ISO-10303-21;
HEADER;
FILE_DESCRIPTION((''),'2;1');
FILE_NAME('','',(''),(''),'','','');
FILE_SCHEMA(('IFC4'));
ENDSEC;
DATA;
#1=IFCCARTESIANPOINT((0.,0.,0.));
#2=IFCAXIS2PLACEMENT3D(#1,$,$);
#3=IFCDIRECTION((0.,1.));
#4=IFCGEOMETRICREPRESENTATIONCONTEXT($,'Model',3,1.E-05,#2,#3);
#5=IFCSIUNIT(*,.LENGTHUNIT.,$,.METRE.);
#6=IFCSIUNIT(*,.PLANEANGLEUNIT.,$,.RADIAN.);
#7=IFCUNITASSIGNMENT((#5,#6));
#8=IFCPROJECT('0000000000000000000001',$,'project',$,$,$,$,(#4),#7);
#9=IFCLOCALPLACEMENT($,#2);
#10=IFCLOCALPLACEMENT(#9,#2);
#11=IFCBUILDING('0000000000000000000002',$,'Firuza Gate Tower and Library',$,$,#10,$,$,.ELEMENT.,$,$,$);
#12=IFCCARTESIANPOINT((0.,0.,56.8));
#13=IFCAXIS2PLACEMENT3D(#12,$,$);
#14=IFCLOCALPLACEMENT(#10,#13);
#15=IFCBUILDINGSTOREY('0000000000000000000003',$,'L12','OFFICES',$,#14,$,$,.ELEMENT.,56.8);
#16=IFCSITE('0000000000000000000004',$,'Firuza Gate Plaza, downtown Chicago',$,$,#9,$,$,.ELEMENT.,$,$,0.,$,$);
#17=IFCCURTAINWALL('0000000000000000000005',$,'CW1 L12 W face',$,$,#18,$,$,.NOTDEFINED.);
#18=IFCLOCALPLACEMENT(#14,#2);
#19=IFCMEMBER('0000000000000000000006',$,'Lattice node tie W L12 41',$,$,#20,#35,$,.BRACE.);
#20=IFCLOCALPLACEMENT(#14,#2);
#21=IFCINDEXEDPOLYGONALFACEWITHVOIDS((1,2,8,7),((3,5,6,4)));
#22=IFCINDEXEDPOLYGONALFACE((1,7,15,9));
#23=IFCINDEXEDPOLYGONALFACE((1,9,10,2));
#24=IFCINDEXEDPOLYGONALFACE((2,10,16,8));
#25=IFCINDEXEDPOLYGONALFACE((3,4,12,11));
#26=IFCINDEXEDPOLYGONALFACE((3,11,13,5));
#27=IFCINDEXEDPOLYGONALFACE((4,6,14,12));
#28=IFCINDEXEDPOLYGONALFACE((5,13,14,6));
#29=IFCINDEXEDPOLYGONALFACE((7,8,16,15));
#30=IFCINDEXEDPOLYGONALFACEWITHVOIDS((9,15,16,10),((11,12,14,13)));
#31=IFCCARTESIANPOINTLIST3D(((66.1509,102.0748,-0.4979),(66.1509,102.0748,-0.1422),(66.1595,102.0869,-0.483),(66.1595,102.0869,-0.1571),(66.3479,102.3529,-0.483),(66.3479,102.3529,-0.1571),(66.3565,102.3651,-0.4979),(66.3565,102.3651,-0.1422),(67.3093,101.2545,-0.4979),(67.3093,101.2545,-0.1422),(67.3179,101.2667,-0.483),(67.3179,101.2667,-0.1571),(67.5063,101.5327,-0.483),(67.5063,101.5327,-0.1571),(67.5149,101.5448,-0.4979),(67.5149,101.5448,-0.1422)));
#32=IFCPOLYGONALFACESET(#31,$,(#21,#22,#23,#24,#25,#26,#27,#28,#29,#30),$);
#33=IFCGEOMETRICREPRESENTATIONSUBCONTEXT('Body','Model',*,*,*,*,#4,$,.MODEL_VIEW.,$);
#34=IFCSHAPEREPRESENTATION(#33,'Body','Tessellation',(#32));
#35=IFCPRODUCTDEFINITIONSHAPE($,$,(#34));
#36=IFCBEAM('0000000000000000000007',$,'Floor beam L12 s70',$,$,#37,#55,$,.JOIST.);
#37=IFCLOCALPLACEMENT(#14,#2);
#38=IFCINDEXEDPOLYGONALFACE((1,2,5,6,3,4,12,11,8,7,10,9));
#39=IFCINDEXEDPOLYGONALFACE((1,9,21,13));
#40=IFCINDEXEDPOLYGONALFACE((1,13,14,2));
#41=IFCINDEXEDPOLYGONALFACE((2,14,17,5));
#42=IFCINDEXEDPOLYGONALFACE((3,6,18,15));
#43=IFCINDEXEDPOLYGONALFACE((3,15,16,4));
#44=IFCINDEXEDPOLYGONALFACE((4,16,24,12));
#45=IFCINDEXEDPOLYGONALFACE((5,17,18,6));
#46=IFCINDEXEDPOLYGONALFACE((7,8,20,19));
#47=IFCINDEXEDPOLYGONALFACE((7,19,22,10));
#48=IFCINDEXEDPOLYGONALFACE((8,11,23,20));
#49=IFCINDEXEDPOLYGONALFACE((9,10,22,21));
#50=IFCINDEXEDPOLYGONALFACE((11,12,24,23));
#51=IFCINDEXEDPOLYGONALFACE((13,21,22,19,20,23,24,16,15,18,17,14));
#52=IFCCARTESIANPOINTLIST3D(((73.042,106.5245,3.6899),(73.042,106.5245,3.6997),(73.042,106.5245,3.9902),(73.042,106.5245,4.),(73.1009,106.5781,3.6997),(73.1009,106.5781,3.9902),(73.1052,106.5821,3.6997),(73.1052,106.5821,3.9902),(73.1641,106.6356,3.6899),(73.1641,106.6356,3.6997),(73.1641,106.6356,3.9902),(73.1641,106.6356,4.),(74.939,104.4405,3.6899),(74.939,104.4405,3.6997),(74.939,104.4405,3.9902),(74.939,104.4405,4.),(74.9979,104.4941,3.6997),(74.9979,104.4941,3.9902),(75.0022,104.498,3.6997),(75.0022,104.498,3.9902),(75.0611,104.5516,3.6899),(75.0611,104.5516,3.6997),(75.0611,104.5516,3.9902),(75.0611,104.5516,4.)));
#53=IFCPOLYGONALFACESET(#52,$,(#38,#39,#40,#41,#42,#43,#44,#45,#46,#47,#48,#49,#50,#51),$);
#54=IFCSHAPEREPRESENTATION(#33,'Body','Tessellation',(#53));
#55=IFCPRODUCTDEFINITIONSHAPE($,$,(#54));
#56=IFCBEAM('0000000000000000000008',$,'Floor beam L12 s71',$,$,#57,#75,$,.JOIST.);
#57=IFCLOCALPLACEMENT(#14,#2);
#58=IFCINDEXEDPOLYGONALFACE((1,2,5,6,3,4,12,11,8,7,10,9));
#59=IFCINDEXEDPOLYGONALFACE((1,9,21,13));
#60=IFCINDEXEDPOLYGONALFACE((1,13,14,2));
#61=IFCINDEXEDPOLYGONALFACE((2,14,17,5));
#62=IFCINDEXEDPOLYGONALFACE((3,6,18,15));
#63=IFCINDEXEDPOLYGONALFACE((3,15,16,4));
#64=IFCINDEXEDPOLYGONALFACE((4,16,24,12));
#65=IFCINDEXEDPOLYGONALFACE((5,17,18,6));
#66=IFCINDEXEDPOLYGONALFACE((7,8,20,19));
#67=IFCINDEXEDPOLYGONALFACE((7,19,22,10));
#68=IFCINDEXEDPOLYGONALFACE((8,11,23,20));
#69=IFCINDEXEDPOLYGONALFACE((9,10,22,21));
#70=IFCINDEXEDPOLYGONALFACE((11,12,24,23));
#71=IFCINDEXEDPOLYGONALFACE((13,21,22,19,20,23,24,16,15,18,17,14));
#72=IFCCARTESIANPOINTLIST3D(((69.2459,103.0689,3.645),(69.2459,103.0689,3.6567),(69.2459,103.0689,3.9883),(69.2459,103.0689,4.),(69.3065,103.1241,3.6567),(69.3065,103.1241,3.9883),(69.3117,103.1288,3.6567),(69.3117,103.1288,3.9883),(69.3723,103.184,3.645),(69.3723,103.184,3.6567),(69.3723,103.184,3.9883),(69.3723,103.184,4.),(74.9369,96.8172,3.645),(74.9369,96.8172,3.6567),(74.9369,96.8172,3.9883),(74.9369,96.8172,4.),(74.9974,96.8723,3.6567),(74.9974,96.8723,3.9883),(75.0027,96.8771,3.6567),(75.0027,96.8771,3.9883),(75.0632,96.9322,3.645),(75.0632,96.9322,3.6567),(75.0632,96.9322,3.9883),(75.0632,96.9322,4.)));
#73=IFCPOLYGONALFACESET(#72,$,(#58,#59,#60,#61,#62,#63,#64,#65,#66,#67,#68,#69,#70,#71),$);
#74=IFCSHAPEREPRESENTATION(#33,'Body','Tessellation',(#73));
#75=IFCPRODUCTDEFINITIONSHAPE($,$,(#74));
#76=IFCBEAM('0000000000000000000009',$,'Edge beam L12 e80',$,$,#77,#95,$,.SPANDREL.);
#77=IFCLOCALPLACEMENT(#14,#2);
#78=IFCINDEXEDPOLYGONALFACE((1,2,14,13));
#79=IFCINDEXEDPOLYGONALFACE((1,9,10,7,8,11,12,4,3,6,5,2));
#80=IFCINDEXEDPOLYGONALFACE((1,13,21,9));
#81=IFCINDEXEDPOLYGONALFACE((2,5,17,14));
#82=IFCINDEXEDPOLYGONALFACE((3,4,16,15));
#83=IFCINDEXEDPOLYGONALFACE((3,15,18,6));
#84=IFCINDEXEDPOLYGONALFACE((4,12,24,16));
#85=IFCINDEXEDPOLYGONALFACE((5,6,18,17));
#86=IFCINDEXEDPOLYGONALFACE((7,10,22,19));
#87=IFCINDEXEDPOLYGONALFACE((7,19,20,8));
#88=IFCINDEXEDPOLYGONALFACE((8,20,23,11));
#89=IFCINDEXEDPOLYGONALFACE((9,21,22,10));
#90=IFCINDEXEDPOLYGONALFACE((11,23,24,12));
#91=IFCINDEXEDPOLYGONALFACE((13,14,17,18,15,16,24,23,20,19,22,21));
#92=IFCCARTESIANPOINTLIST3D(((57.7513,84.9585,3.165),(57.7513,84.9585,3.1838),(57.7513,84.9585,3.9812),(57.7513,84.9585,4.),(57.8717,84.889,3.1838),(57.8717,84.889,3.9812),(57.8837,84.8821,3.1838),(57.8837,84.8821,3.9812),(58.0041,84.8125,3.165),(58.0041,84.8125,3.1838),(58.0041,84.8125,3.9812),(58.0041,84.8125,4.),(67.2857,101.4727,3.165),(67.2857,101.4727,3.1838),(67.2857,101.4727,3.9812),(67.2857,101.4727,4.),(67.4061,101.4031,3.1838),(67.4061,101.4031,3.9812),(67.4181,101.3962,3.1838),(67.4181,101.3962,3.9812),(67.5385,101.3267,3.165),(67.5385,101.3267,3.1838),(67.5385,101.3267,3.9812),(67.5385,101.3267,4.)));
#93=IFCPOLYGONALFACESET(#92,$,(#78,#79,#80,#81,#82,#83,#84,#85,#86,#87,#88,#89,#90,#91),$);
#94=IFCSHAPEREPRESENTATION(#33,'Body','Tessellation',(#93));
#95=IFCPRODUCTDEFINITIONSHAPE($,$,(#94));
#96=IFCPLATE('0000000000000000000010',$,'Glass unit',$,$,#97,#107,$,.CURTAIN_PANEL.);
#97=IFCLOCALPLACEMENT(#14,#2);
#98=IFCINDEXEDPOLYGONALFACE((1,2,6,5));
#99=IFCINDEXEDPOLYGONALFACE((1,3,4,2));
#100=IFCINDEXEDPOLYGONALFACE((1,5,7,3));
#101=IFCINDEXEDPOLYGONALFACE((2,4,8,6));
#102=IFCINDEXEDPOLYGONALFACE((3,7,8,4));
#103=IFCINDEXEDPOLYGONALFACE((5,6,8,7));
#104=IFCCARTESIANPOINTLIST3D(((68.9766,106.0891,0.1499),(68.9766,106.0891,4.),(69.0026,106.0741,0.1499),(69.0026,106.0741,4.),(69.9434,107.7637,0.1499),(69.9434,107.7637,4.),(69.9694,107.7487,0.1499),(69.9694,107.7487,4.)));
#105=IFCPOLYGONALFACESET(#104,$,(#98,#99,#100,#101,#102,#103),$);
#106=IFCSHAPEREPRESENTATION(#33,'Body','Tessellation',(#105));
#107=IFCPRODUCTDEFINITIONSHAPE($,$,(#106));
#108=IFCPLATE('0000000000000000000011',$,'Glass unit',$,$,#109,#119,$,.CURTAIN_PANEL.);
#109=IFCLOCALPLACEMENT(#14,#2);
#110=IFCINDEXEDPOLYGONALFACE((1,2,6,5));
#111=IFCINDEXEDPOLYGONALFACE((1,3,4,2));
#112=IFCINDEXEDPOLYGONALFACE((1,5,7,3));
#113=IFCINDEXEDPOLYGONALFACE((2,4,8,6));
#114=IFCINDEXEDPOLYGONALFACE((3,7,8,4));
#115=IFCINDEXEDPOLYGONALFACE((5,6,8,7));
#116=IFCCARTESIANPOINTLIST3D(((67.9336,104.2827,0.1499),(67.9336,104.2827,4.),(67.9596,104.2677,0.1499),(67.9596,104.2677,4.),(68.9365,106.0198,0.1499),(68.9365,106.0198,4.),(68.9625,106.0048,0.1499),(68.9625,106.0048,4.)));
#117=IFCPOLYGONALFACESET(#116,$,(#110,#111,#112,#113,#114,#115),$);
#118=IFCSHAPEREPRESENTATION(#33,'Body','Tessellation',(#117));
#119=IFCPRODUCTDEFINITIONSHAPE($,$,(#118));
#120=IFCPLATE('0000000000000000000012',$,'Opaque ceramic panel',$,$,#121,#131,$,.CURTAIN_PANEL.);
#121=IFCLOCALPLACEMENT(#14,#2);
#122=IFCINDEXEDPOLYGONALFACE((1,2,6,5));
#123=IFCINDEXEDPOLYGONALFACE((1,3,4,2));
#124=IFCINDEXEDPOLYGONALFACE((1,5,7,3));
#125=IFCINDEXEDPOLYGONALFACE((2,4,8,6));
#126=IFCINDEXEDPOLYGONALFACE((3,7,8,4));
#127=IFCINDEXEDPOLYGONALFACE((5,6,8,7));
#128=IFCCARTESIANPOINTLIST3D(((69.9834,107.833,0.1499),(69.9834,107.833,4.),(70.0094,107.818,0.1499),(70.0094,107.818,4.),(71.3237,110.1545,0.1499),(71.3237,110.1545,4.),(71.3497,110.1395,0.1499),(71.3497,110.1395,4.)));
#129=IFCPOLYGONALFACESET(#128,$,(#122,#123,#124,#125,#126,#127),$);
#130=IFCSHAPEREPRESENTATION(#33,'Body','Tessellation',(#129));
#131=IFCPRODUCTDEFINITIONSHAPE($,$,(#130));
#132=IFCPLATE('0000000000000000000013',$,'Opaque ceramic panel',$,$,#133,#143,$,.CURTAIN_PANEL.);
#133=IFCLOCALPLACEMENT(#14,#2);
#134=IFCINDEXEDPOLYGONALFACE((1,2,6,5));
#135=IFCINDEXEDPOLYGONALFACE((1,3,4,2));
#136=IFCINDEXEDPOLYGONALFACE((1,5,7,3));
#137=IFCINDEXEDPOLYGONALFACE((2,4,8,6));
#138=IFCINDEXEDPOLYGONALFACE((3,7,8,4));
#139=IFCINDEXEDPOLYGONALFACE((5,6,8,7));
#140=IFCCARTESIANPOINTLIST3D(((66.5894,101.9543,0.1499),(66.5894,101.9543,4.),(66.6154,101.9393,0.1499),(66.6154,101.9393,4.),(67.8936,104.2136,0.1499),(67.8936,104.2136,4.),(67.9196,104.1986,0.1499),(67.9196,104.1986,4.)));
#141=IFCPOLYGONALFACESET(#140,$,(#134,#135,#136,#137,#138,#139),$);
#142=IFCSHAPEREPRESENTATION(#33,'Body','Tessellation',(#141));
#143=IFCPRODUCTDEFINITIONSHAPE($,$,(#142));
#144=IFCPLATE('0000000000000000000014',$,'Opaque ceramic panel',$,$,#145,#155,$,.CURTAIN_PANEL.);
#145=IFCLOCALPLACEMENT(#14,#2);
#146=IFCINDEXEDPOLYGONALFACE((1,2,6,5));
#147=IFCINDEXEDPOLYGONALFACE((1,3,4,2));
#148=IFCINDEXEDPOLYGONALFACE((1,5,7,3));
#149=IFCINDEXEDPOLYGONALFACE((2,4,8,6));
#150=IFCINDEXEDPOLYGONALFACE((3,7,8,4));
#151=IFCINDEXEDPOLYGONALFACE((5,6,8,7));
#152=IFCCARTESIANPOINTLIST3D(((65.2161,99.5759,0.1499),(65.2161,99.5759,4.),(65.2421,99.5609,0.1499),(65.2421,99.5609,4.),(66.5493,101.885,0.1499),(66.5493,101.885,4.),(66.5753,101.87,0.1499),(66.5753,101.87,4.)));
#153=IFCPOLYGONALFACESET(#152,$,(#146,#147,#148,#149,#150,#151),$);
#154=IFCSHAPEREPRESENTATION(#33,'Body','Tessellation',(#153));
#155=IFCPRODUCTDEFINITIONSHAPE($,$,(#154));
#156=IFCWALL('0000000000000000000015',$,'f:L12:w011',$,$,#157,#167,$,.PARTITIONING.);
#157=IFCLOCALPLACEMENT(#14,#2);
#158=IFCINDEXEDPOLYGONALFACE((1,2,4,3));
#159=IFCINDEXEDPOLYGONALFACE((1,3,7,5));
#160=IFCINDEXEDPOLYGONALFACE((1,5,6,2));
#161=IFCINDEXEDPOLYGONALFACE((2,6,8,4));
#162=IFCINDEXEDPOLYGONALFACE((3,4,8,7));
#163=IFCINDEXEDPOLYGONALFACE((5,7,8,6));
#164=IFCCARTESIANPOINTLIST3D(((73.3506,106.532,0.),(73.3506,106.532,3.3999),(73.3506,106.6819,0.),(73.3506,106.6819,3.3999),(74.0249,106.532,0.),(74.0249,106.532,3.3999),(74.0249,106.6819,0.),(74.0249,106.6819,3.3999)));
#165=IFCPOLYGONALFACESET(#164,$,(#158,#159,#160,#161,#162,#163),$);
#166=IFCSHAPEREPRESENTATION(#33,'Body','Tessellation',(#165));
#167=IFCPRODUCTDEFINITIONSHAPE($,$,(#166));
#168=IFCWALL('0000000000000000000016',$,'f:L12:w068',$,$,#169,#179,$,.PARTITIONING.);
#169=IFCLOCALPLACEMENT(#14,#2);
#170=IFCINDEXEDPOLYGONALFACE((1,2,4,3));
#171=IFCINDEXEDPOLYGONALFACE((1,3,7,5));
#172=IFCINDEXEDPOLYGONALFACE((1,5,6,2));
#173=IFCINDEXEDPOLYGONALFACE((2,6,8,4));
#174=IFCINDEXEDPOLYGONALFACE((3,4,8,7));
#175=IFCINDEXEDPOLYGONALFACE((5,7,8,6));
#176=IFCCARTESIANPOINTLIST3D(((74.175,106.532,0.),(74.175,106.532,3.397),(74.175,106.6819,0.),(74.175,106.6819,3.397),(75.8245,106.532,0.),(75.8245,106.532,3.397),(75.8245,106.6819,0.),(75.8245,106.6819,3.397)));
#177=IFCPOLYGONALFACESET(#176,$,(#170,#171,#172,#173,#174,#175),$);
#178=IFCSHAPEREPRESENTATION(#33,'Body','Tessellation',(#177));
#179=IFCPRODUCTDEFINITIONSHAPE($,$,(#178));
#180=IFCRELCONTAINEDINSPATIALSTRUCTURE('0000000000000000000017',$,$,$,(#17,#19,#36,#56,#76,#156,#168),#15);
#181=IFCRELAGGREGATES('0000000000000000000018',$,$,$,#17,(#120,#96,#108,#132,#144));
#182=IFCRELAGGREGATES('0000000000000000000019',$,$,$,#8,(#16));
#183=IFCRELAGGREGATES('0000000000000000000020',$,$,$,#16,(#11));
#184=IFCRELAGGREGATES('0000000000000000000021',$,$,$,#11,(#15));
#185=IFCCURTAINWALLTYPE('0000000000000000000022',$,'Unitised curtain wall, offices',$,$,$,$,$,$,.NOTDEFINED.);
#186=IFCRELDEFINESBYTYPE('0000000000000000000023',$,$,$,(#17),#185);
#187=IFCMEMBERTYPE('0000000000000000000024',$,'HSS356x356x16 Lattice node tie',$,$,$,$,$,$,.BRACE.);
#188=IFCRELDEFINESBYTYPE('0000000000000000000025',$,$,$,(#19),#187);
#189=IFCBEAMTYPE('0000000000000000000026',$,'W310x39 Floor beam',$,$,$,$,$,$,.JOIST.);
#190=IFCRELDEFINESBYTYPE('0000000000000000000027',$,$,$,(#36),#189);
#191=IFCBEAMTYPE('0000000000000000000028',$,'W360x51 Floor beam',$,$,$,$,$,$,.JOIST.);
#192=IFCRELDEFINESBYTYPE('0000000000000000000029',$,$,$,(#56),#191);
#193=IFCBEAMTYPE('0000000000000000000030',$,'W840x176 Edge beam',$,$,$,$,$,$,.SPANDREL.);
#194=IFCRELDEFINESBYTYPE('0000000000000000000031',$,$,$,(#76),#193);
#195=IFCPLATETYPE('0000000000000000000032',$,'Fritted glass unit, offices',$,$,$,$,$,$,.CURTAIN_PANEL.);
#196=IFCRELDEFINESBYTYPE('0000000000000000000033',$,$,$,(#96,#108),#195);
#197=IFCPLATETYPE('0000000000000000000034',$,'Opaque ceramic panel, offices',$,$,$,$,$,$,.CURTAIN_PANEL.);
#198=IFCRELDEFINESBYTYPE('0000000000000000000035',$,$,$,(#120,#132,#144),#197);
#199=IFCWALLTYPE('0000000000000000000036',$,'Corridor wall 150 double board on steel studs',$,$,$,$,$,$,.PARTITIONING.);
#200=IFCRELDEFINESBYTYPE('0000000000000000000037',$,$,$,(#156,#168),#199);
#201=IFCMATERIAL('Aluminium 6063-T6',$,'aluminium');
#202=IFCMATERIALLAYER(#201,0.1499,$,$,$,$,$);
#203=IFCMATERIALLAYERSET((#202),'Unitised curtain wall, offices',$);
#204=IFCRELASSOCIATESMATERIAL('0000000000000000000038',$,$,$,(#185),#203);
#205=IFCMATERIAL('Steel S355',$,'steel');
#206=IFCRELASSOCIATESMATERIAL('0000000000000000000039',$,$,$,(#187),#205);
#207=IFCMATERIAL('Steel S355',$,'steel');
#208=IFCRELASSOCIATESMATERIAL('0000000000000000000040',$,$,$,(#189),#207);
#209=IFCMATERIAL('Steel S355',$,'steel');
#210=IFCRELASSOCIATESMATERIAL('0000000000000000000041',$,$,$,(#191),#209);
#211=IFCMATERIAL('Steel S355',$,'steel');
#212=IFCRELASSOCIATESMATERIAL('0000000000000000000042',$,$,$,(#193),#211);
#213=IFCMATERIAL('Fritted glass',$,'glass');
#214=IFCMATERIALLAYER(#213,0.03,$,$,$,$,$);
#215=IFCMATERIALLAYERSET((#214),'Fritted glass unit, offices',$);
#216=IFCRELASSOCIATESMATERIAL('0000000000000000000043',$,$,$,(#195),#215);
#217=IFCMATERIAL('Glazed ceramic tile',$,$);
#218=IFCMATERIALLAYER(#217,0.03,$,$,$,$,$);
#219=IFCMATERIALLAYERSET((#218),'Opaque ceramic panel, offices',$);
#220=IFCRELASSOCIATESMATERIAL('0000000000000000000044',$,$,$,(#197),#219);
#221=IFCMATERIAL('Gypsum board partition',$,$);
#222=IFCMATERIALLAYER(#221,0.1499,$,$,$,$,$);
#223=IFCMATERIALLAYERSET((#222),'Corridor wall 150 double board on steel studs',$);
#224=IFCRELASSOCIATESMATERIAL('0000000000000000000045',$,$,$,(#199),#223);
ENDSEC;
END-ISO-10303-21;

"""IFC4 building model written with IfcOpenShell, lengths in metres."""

from ifc_helpers import new_model, si_unit, direction, frame, frame_2d, origin, origin_2d, place, context, subcontext, project, spatial, polyline, rectangle, hollow_rectangle, i_section, outline, extrude, material, layer, layer_set, material_profile, profile_set, type_object, element, aggregate, save


model = new_model("IFC4")

# Units and contexts
model_context = context("Model", 3, precision=1e-05, world=origin(), true_north=direction((0.0, 1.0)))
body_context = subcontext(model_context, "Body", "Model", "MODEL_VIEW")
ifc_project = project(units=[si_unit("LENGTHUNIT", "METRE"), si_unit("PLANEANGLEUNIT", "RADIAN")], contexts=[model_context])

# Site, building, storey
site_placement = place(None, origin())
site = spatial("IfcSite", under=ifc_project, at=site_placement, Name="Firuza Gate Plaza, downtown Chicago", CompositionType="ELEMENT", RefElevation=0.0)
building_placement = place(site_placement, origin())
building = spatial("IfcBuilding", under=site, at=building_placement, Name="Firuza Gate Tower and Library", CompositionType="ELEMENT")
storey_placement = place(building_placement, frame((0.0, 0.0, 56.8)))
storey = spatial("IfcBuildingStorey", under=building, at=storey_placement, Name="L12", Description="OFFICES", CompositionType="ELEMENT", Elevation=56.8)

# Curtain wall
ifc_material_1 = material(Name="Aluminium 6063-T6", Category="aluminium")
ifc_layer_1 = layer(ifc_material_1, 0.1499)
ifc_layer_set_1 = layer_set([ifc_layer_1], Name="Unitised curtain wall, offices")
curtain_wall_type_1 = type_object("IfcCurtainWallType", Name="Unitised curtain wall, offices", PredefinedType="NOTDEFINED", material=ifc_layer_set_1)
placement = place(storey_placement, origin())
curtain_wall_1 = element("IfcCurtainWall", 1, at=placement, inside=storey, type_object=curtain_wall_type_1, Name="CW1 L12 W face", PredefinedType="NOTDEFINED")

# Member
ifc_material_2 = material(Name="Steel S355", Category="steel")
ifc_material_profile_1 = material_profile(ifc_material_2, hollow_rectangle(XDim=0.3557, YDim=0.3557, WallThickness=0.0149, at=origin_2d()))
ifc_profile_set_1 = profile_set([ifc_material_profile_1], Name="Steel S355")
member_type_1 = type_object("IfcMemberType", Name="HSS356x356x16 Lattice node tie", PredefinedType="BRACE", material=ifc_profile_set_1)
member_1_placement = place(storey_placement, frame((67.4121, 101.3997, -0.3201), z_axis=(-0.816109, 0.577898, 0.0), x_axis=(-0.577898, -0.816109, 0.0)))
element("IfcMember", 2, at=member_1_placement, inside=storey, type_object=member_type_1, Name="Lattice node tie W L12 41", PredefinedType="BRACE", context=body_context, shape_type="SweptSolid", body=[
    extrude(hollow_rectangle(XDim=0.3557, YDim=0.3557, WallThickness=0.0149, at=origin_2d()), origin(), (0.0, 0.0, 1.0), 1.4194),
])

# Beams
ifc_material_3 = material(Name="Steel S355", Category="steel")
ifc_material_profile_2 = material_profile(ifc_material_3, i_section(OverallWidth=0.165, OverallDepth=0.3101, WebThickness=0.0059, FlangeThickness=0.0098, at=origin_2d()))
ifc_profile_set_2 = profile_set([ifc_material_profile_2], Name="Steel S355")
beam_type_1 = type_object("IfcBeamType", Name="W310x39 Floor beam", PredefinedType="JOIST", material=ifc_profile_set_2)
beam_1_placement = place(storey_placement, frame((73.103, 106.5801, 3.845), z_axis=(0.673147, -0.739509, 0.0), x_axis=(0.739509, 0.673147, 0.0)))
element("IfcBeam", 3, at=beam_1_placement, inside=storey, type_object=beam_type_1, Name="Floor beam L12 s70", PredefinedType="JOIST", context=body_context, shape_type="SweptSolid", body=[
    extrude(i_section(OverallWidth=0.165, OverallDepth=0.3101, WebThickness=0.0059, FlangeThickness=0.0098, at=origin_2d()), origin(), (0.0, 0.0, 1.0), 2.8181),
])
ifc_material_4 = material(Name="Steel S355", Category="steel")
ifc_material_profile_3 = material_profile(ifc_material_4, i_section(OverallWidth=0.1709, OverallDepth=0.355, WebThickness=0.0071, FlangeThickness=0.0117, at=origin_2d()))
ifc_profile_set_3 = profile_set([ifc_material_profile_3], Name="Steel S355")
beam_type_2 = type_object("IfcBeamType", Name="W360x51 Floor beam", PredefinedType="JOIST", material=ifc_profile_set_3)
beam_2_placement = place(storey_placement, frame((69.3091, 103.1265, 3.8225), z_axis=(0.673161, -0.739496, 0.0), x_axis=(0.739496, 0.673161, 0.0)))
element("IfcBeam", 4, at=beam_2_placement, inside=storey, type_object=beam_type_2, Name="Floor beam L12 s71", PredefinedType="JOIST", context=body_context, shape_type="SweptSolid", body=[
    extrude(i_section(OverallWidth=0.1709, OverallDepth=0.355, WebThickness=0.0071, FlangeThickness=0.0117, at=origin_2d()), origin(), (0.0, 0.0, 1.0), 8.4541),
])
ifc_material_5 = material(Name="Steel S355", Category="steel")
ifc_material_profile_4 = material_profile(ifc_material_5, i_section(OverallWidth=0.292, OverallDepth=0.835, WebThickness=0.0139, FlangeThickness=0.0188, at=origin_2d()))
ifc_profile_set_4 = profile_set([ifc_material_profile_4], Name="Steel S355")
beam_type_3 = type_object("IfcBeamType", Name="W840x176 Edge beam", PredefinedType="SPANDREL", material=ifc_profile_set_4)
beam_3_placement = place(storey_placement, frame((67.4121, 101.3997, 3.5825), z_axis=(-0.499999, -0.866026, 0.0), x_axis=(0.866026, -0.499999, 0.0)))
element("IfcBeam", 5, at=beam_3_placement, inside=storey, type_object=beam_type_3, Name="Edge beam L12 e80", PredefinedType="SPANDREL", context=body_context, shape_type="SweptSolid", body=[
    extrude(i_section(OverallWidth=0.292, OverallDepth=0.835, WebThickness=0.0139, FlangeThickness=0.0188, at=origin_2d()), origin(), (0.0, 0.0, 1.0), 19.0688),
])

# Plates
ifc_material_6 = material(Name="Fritted glass", Category="glass")
ifc_layer_2 = layer(ifc_material_6, 0.03)
ifc_layer_set_2 = layer_set([ifc_layer_2], Name="Fritted glass unit, offices")
plate_type_1 = type_object("IfcPlateType", Name="Fritted glass unit, offices", PredefinedType="CURTAIN_PANEL", material=ifc_layer_set_2)
plate_1_placement = place(storey_placement, frame((69.9434, 107.7637, 0.1499), z_axis=(-0.866028, 0.499996, 0.0), x_axis=(-0.499996, -0.866028, 0.0)))
plate_1 = element("IfcPlate", 6, at=plate_1_placement, type_object=plate_type_1, Name="Glass unit", PredefinedType="CURTAIN_PANEL", context=body_context, shape_type="SweptSolid", body=[
    extrude(outline(polyline([(0.0, 0.0), (1.9336, 0.0), (1.9336, 3.8501), (0.0, 3.8501), (0.0, 0.0)])), origin(), (0.0, 0.0, -1.0), 0.03),
])
plate_2_placement = place(storey_placement, frame((68.9365, 106.0198, 0.1499), z_axis=(-0.866017, 0.500014, 0.0), x_axis=(-0.500014, -0.866017, 0.0)))
plate_2 = element("IfcPlate", 7, at=plate_2_placement, type_object=plate_type_1, Name="Glass unit", PredefinedType="CURTAIN_PANEL", context=body_context, shape_type="SweptSolid", body=[
    extrude(outline(polyline([(0.0, 0.0), (2.0058, 0.0), (2.0058, 3.8501), (0.0, 3.8501), (0.0, 0.0)])), origin(), (0.0, 0.0, -1.0), 0.03),
])
ifc_material_7 = material(Name="Glazed ceramic tile")
ifc_layer_3 = layer(ifc_material_7, 0.03)
ifc_layer_set_3 = layer_set([ifc_layer_3], Name="Opaque ceramic panel, offices")
plate_type_2 = type_object("IfcPlateType", Name="Opaque ceramic panel, offices", PredefinedType="CURTAIN_PANEL", material=ifc_layer_set_3)
plate_3_placement = place(storey_placement, frame((71.3237, 110.1545, 0.1499), z_axis=(-0.866026, 0.499998, 0.0), x_axis=(-0.499998, -0.866026, 0.0)))
plate_3 = element("IfcPlate", 8, at=plate_3_placement, type_object=plate_type_2, Name="Opaque ceramic panel", PredefinedType="CURTAIN_PANEL", context=body_context, shape_type="SweptSolid", body=[
    extrude(outline(polyline([(0.0, 0.0), (2.6807, 0.0), (2.6807, 3.8501), (0.0, 3.8501), (0.0, 0.0)])), origin(), (0.0, 0.0, -1.0), 0.03),
])
plate_4_placement = place(storey_placement, frame((67.8936, 104.2136, 0.1499), z_axis=(-0.866058, 0.499944, 0.0), x_axis=(-0.499944, -0.866058, 0.0)))
plate_4 = element("IfcPlate", 9, at=plate_4_placement, type_object=plate_type_2, Name="Opaque ceramic panel", PredefinedType="CURTAIN_PANEL", context=body_context, shape_type="SweptSolid", body=[
    extrude(outline(polyline([(0.0, 0.0), (2.6087, 0.0), (2.6087, 3.8501), (0.0, 3.8501), (0.0, 0.0)])), origin(), (0.0, 0.0, -1.0), 0.03),
])
plate_5_placement = place(storey_placement, frame((66.5493, 101.885, 0.1499), z_axis=(-0.866009, 0.500029, 0.0), x_axis=(-0.500029, -0.866009, 0.0)))
plate_5 = element("IfcPlate", 10, at=plate_5_placement, type_object=plate_type_2, Name="Opaque ceramic panel", PredefinedType="CURTAIN_PANEL", context=body_context, shape_type="SweptSolid", body=[
    extrude(outline(polyline([(0.0, 0.0), (2.6663, 0.0), (2.6663, 3.8501), (0.0, 3.8501), (0.0, 0.0)])), origin(), (0.0, 0.0, -1.0), 0.03),
])
aggregate(curtain_wall_1, [plate_3, plate_1, plate_2, plate_4, plate_5])

# Walls
ifc_material_8 = material(Name="Gypsum board partition")
ifc_layer_4 = layer(ifc_material_8, 0.1499)
ifc_layer_set_4 = layer_set([ifc_layer_4], Name="Corridor wall 150 double board on steel studs")
wall_type_1 = type_object("IfcWallType", Name="Corridor wall 150 double board on steel studs", PredefinedType="PARTITIONING", material=ifc_layer_set_4)
wall_1_placement = place(storey_placement, frame((73.3506, 106.6069, 0.0), z_axis=(0.0, 0.0, 1.0), x_axis=(1.0, 0.0, 0.0)))
element("IfcWall", 11, at=wall_1_placement, inside=storey, type_object=wall_type_1, Name="f:L12:w011", PredefinedType="PARTITIONING", context=body_context, shape_type="SweptSolid", body=[
    extrude(rectangle(XDim=0.6743, YDim=0.1499, at=frame_2d((0.3372, 0.0))), origin(), (0.0, 0.0, 1.0), 3.3999),
])
wall_2_placement = place(storey_placement, frame((74.175, 106.6069, 0.0), z_axis=(0.0, 0.0, 1.0), x_axis=(1.0, 0.0, 0.0)))
element("IfcWall", 12, at=wall_2_placement, inside=storey, type_object=wall_type_1, Name="f:L12:w068", PredefinedType="PARTITIONING", context=body_context, shape_type="SweptSolid", body=[
    extrude(rectangle(XDim=1.6494, YDim=0.1499, at=frame_2d((0.8247, 0.0))), origin(), (0.0, 0.0, 1.0), 3.397),
])

save(model, "model.ifc")
